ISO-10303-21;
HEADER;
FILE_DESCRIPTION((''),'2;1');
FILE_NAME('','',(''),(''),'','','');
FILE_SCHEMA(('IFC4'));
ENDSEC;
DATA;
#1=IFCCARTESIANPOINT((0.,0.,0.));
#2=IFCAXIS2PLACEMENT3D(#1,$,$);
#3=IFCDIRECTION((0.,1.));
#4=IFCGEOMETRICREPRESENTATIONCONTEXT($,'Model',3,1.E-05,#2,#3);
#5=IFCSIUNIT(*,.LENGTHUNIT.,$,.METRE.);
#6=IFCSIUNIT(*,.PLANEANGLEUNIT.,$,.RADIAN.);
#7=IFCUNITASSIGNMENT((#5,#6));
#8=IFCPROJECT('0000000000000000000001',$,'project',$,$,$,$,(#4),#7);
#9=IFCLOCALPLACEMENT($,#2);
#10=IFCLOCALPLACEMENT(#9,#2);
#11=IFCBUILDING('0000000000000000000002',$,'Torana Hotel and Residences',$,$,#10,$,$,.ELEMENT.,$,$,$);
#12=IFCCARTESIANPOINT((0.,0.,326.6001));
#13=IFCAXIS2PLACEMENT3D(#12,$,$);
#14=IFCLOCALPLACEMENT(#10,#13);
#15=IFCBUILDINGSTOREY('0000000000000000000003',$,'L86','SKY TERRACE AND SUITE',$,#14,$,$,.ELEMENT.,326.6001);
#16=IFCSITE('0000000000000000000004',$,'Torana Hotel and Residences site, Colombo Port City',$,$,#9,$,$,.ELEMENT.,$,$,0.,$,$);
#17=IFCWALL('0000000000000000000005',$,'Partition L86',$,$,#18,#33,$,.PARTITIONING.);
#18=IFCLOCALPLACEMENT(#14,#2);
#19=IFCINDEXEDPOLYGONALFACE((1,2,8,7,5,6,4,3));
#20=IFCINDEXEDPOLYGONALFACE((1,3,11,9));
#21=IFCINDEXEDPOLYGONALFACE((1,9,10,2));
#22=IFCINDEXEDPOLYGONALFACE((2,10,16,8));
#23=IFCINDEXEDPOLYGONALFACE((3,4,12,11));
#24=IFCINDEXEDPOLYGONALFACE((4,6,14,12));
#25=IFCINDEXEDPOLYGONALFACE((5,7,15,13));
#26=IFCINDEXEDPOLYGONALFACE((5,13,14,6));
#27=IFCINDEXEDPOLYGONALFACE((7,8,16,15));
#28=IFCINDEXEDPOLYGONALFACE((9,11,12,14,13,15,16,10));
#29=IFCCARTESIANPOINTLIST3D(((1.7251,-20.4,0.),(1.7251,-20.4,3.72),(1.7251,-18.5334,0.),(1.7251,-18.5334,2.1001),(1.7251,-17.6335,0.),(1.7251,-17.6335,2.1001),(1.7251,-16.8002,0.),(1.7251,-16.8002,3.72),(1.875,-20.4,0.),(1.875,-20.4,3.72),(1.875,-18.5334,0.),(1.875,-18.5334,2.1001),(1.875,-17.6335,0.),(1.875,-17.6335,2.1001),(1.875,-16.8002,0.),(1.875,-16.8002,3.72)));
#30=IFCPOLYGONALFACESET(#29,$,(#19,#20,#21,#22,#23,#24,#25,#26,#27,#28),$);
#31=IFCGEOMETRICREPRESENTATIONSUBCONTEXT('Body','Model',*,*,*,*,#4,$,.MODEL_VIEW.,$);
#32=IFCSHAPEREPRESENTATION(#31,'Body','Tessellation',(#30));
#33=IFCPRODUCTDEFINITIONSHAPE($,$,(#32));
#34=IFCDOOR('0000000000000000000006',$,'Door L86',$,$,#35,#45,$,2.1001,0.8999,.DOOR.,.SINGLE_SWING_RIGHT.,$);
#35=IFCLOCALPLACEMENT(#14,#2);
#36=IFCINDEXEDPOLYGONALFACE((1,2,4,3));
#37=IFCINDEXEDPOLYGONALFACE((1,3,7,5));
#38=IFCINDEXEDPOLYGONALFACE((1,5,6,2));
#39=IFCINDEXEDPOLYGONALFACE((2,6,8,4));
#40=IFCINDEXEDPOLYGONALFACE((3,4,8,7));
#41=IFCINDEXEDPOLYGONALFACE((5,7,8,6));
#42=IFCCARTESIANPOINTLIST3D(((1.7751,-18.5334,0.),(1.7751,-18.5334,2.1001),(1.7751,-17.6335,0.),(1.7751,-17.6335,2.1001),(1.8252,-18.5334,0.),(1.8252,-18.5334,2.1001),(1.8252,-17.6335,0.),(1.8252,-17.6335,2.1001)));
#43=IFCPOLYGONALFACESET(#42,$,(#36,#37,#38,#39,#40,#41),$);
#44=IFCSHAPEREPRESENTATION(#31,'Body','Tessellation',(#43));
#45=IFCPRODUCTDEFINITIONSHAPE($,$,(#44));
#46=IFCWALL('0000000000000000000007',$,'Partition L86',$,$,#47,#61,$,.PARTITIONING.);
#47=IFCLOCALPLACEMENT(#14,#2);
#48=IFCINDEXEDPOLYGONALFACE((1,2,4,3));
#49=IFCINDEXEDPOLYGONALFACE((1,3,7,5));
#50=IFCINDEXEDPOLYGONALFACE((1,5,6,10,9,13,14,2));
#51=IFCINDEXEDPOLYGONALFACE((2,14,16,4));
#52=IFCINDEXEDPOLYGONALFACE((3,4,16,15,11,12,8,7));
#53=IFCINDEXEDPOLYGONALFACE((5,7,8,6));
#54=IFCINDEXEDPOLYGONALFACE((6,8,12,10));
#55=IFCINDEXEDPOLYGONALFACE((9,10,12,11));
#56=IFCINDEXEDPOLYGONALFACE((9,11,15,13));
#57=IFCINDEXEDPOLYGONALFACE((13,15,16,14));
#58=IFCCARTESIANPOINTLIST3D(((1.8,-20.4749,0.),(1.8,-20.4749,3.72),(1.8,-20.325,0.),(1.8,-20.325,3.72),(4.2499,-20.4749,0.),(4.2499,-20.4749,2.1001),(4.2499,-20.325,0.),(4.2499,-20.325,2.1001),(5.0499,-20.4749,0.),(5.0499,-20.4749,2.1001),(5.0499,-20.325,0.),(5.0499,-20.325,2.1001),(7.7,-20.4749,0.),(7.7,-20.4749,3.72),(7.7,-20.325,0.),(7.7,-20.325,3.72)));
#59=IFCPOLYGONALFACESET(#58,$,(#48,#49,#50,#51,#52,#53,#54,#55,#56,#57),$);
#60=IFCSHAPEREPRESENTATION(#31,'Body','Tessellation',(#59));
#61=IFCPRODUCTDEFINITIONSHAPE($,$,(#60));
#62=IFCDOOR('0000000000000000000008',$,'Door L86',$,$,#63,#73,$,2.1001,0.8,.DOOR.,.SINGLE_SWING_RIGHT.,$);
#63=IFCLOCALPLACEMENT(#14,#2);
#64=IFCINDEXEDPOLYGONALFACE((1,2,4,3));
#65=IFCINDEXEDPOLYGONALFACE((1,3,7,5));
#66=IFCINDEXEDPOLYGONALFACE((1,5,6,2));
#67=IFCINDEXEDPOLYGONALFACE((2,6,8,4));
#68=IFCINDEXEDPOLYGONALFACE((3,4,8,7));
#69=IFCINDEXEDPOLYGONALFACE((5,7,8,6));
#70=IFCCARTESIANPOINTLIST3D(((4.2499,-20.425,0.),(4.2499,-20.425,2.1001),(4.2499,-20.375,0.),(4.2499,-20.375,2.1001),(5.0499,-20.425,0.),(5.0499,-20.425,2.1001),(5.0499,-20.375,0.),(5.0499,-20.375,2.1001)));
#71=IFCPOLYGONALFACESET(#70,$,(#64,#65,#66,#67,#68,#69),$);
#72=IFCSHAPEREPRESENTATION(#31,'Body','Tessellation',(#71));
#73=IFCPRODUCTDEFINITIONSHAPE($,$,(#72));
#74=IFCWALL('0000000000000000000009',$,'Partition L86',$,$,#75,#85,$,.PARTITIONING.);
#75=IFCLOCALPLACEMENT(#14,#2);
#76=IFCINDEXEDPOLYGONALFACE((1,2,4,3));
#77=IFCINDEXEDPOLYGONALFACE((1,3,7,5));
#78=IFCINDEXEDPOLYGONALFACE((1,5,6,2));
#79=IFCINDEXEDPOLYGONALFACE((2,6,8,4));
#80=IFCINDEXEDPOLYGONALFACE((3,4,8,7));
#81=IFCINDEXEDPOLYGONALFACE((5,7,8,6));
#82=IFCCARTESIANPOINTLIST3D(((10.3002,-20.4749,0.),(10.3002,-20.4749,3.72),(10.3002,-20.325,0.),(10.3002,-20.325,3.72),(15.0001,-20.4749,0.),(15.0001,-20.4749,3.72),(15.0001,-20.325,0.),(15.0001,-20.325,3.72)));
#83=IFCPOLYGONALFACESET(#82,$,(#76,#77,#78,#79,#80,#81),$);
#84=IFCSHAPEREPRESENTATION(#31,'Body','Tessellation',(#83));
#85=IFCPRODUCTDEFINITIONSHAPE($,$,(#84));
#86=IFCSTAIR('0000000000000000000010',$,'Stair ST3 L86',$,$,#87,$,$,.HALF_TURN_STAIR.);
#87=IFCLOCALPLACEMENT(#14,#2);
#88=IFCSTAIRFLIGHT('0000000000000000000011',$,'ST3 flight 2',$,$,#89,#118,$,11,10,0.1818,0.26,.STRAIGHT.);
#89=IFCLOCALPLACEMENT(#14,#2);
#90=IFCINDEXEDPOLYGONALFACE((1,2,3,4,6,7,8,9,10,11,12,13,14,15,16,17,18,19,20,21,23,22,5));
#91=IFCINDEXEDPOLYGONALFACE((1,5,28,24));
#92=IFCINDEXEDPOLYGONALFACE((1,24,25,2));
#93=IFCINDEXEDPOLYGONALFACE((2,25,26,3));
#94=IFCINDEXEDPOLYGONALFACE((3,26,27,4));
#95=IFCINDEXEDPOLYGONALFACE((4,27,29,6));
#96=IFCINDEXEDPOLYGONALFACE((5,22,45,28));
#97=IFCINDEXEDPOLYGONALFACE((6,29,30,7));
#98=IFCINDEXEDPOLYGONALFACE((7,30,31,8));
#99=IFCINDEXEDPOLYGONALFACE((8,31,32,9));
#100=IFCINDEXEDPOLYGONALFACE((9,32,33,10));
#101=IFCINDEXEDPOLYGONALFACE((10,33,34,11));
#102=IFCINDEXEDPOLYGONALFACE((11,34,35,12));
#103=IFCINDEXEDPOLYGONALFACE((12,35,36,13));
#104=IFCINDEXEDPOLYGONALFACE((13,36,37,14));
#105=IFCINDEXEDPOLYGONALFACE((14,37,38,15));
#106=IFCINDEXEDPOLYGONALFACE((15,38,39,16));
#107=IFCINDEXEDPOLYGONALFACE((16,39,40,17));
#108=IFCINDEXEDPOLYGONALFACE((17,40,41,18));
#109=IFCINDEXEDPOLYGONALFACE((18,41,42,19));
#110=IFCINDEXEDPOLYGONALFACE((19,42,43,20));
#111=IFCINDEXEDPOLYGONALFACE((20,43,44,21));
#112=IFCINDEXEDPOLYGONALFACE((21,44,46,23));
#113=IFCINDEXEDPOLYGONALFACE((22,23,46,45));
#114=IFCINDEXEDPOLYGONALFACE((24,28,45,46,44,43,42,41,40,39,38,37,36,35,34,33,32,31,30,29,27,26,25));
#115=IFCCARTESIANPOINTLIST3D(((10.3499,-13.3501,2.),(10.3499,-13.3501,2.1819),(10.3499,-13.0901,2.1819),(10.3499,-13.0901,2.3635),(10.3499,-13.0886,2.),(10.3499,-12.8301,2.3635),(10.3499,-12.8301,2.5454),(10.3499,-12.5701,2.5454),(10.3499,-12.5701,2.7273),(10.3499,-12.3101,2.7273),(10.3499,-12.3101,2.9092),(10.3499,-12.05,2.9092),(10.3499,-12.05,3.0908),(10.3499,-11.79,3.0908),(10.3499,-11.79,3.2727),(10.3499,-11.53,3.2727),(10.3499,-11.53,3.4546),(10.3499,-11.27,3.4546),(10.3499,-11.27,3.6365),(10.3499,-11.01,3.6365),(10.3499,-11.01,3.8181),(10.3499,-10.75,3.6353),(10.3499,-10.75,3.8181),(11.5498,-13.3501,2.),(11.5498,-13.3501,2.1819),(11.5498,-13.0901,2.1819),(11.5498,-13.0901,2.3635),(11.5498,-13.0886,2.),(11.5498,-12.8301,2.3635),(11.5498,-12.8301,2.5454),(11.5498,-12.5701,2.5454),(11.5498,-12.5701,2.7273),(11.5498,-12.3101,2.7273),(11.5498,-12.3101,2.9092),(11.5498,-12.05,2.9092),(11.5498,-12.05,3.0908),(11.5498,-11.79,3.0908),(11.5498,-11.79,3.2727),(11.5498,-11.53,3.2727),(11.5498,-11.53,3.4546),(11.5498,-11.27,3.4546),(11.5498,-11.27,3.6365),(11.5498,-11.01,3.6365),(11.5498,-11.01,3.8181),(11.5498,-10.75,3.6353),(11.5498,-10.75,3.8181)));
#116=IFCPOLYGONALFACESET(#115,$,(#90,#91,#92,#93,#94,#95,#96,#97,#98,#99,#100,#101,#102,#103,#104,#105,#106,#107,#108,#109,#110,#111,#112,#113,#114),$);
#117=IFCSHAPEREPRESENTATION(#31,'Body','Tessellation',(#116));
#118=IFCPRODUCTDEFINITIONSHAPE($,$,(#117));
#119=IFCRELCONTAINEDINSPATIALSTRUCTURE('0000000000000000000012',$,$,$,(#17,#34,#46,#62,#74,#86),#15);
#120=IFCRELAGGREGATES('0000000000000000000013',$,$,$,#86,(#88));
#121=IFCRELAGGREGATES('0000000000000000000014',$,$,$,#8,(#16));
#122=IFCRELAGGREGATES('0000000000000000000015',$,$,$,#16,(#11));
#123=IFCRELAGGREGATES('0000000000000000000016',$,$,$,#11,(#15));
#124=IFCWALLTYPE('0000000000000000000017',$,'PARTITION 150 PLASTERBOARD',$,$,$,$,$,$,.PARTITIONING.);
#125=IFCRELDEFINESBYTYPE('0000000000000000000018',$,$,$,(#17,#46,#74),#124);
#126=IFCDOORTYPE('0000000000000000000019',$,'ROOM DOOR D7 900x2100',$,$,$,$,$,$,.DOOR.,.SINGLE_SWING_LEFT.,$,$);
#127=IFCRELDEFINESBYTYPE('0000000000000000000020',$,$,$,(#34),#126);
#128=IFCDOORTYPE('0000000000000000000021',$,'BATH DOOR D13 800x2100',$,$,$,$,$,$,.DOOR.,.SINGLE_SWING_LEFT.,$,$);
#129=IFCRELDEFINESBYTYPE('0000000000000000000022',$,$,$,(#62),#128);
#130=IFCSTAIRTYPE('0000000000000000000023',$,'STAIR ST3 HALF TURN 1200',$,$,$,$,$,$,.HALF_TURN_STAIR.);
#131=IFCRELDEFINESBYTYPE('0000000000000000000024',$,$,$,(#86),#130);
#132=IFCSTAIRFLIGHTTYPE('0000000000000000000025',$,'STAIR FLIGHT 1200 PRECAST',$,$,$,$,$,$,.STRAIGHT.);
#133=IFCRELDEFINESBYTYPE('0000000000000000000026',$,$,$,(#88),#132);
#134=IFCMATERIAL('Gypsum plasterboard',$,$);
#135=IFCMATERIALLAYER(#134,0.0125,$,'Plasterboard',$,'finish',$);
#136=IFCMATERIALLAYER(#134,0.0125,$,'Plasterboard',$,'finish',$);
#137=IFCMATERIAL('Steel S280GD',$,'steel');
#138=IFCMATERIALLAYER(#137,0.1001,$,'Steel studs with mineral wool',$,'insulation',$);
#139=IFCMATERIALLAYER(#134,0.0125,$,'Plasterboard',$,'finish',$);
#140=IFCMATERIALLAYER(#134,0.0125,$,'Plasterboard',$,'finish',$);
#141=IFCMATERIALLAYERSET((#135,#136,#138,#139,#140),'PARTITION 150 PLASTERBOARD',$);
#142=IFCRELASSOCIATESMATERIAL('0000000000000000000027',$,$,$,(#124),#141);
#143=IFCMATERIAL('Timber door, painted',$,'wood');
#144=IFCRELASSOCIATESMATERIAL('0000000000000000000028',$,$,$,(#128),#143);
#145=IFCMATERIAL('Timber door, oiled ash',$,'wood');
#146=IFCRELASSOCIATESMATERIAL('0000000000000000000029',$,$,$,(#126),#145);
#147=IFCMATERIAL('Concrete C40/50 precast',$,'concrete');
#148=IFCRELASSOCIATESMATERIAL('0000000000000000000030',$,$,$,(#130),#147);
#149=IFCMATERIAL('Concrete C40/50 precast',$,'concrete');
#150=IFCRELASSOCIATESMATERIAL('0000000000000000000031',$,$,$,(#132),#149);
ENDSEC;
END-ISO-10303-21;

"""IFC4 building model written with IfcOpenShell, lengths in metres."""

from ifc_helpers import new_model, si_unit, direction, frame, frame_2d, origin, place, context, subcontext, project, spatial, polyline, rectangle, outline, extrude, material, layer, layer_set, type_object, element, fill, aggregate, save


model = new_model("IFC4")

# Units and contexts
model_context = context("Model", 3, precision=1e-05, world=origin(), true_north=direction((0.0, 1.0)))
body_context = subcontext(model_context, "Body", "Model", "MODEL_VIEW")
ifc_project = project(units=[si_unit("LENGTHUNIT", "METRE"), si_unit("PLANEANGLEUNIT", "RADIAN")], contexts=[model_context])

# Site, building, storey
site_placement = place(None, origin())
site = spatial("IfcSite", under=ifc_project, at=site_placement, Name="Torana Hotel and Residences site, Colombo Port City", CompositionType="ELEMENT", RefElevation=0.0)
building_placement = place(site_placement, origin())
building = spatial("IfcBuilding", under=site, at=building_placement, Name="Torana Hotel and Residences", CompositionType="ELEMENT")
storey_placement = place(building_placement, frame((0.0, 0.0, 326.6001)))
storey = spatial("IfcBuildingStorey", under=building, at=storey_placement, Name="L86", Description="SKY TERRACE AND SUITE", CompositionType="ELEMENT", Elevation=326.6001)

# Shared definitions
ifc_material_1 = material(Name="Gypsum plasterboard")
ifc_layer_1 = layer(ifc_material_1, 0.0125, Name="Plasterboard", Category="finish")
ifc_layer_2 = layer(ifc_material_1, 0.0125, Name="Plasterboard", Category="finish")
ifc_material_2 = material(Name="Steel S280GD", Category="steel")
ifc_layer_3 = layer(ifc_material_2, 0.1001, Name="Steel studs with mineral wool", Category="insulation")
ifc_layer_4 = layer(ifc_material_1, 0.0125, Name="Plasterboard", Category="finish")
ifc_layer_5 = layer(ifc_material_1, 0.0125, Name="Plasterboard", Category="finish")
ifc_layer_set_1 = layer_set([ifc_layer_1, ifc_layer_2, ifc_layer_3, ifc_layer_4, ifc_layer_5], Name="PARTITION 150 PLASTERBOARD")
wall_type_1 = type_object("IfcWallType", Name="PARTITION 150 PLASTERBOARD", PredefinedType="PARTITIONING", material=ifc_layer_set_1)

# Shared definitions
ifc_material_3 = material(Name="Timber door, painted", Category="wood")
door_type_1 = type_object("IfcDoorType", Name="BATH DOOR D13 800x2100", OperationType="SINGLE_SWING_LEFT", PredefinedType="DOOR", material=ifc_material_3)

# Walls, openings, doors
wall_1_placement = place(storey_placement, frame((1.8, -20.3999, 0.0), z_axis=(0.0, 0.0, 1.0), x_axis=(0.0, 1.0, 0.0)))
wall_1 = element("IfcWall", 1, at=wall_1_placement, inside=storey, type_object=wall_type_1, Name="Partition L86", PredefinedType="PARTITIONING", context=body_context, shape_type="SweptSolid", body=[
    extrude(rectangle(XDim=3.5999, YDim=0.1499, at=frame_2d((1.7998, 0.0))), origin(), (0.0, 0.0, 1.0), 3.72),
])
opening_1_placement = place(wall_1_placement, frame((1.8665, 0.0, 0.0)))
opening_1 = element("IfcOpeningElement", 2, at=opening_1_placement, cuts=wall_1, PredefinedType="OPENING", context=body_context, shape_type="SweptSolid", body=[
    extrude(rectangle(XDim=0.8999, YDim=2.1001, at=frame_2d((0.45, 1.05))), frame((0.0, 0.085, 0.0), z_axis=(0.0, -1.0, 0.0), x_axis=(1.0, 0.0, 0.0)), (0.0, 0.0, 1.0), 0.1699),
])
ifc_material_4 = material(Name="Timber door, oiled ash", Category="wood")
door_type_2 = type_object("IfcDoorType", Name="ROOM DOOR D7 900x2100", OperationType="SINGLE_SWING_LEFT", PredefinedType="DOOR", material=ifc_material_4)
door_1_placement = place(opening_1_placement, origin())
door_1 = element("IfcDoor", 3, at=door_1_placement, inside=storey, type_object=door_type_2, Name="Door L86", OperationType="SINGLE_SWING_RIGHT", OverallHeight=2.1001, OverallWidth=0.8999, PredefinedType="DOOR", context=body_context, shape_type="SweptSolid", body=[
    extrude(rectangle(XDim=0.8999, YDim=2.1001, at=frame_2d((0.45, 1.05))), frame((0.0, 0.0249, 0.0), z_axis=(0.0, -1.0, 0.0), x_axis=(1.0, 0.0, 0.0)), (0.0, 0.0, 1.0), 0.05),
])
fill(opening_1, door_1)
wall_2_placement = place(storey_placement, frame((1.8, -20.3999, 0.0), z_axis=(0.0, 0.0, 1.0), x_axis=(1.0, 0.0, 0.0)))
wall_2 = element("IfcWall", 4, at=wall_2_placement, inside=storey, type_object=wall_type_1, Name="Partition L86", PredefinedType="PARTITIONING", context=body_context, shape_type="SweptSolid", body=[
    extrude(rectangle(XDim=5.8999, YDim=0.1499, at=frame_2d((2.95, 0.0))), origin(), (0.0, 0.0, 1.0), 3.72),
])
opening_2_placement = place(wall_2_placement, frame((2.45, 0.0, 0.0)))
opening_2 = element("IfcOpeningElement", 5, at=opening_2_placement, cuts=wall_2, PredefinedType="OPENING", context=body_context, shape_type="SweptSolid", body=[
    extrude(rectangle(XDim=0.8, YDim=2.1001, at=frame_2d((0.3999, 1.05))), frame((0.0, 0.085, 0.0), z_axis=(0.0, -1.0, 0.0), x_axis=(1.0, 0.0, 0.0)), (0.0, 0.0, 1.0), 0.1699),
])
door_2_placement = place(opening_2_placement, origin())
door_2 = element("IfcDoor", 6, at=door_2_placement, inside=storey, type_object=door_type_1, Name="Door L86", OperationType="SINGLE_SWING_RIGHT", OverallHeight=2.1001, OverallWidth=0.8, PredefinedType="DOOR", context=body_context, shape_type="SweptSolid", body=[
    extrude(rectangle(XDim=0.8, YDim=2.1001, at=frame_2d((0.3999, 1.05))), frame((0.0, 0.0249, 0.0), z_axis=(0.0, -1.0, 0.0), x_axis=(1.0, 0.0, 0.0)), (0.0, 0.0, 1.0), 0.05),
])
fill(opening_2, door_2)

# Wall
wall_3_placement = place(storey_placement, frame((10.3, -20.3999, 0.0), z_axis=(0.0, 0.0, 1.0), x_axis=(1.0, 0.0, 0.0)))
element("IfcWall", 7, at=wall_3_placement, inside=storey, type_object=wall_type_1, Name="Partition L86", PredefinedType="PARTITIONING", context=body_context, shape_type="SweptSolid", body=[
    extrude(rectangle(XDim=4.7, YDim=0.1499, at=frame_2d((2.3501, 0.0))), origin(), (0.0, 0.0, 1.0), 3.72),
])

# Stair, stair flight
ifc_material_5 = material(Name="Concrete C40/50 precast", Category="concrete")
stair_type = type_object("IfcStairType", Name="STAIR ST3 HALF TURN 1200", PredefinedType="HALF_TURN_STAIR", material=ifc_material_5)
stair_placement = place(storey_placement, origin())
stair = element("IfcStair", 8, at=stair_placement, inside=storey, type_object=stair_type, Name="Stair ST3 L86", PredefinedType="HALF_TURN_STAIR")
ifc_material_6 = material(Name="Concrete C40/50 precast", Category="concrete")
stair_flight_type = type_object("IfcStairFlightType", Name="STAIR FLIGHT 1200 PRECAST", PredefinedType="STRAIGHT", material=ifc_material_6)
stair_flight_placement = place(storey_placement, frame((10.95, -13.3501, 2.0), z_axis=(0.0, 0.0, 1.0), x_axis=(0.0, 1.0, 0.0)))
stair_flight = element("IfcStairFlight", 9, at=stair_flight_placement, type_object=stair_flight_type, Name="ST3 flight 2", NumberOfRisers=11, NumberOfTreads=10, PredefinedType="STRAIGHT", RiserHeight=0.1818, TreadLength=0.26, context=body_context, shape_type="SweptSolid", body=[
    extrude(outline(polyline([(0.0, 0.0), (0.0, 0.1819), (0.26, 0.1819), (0.26, 0.3635), (0.52, 0.3635), (0.52, 0.5454), (0.78, 0.5454), (0.78, 0.7273), (1.04, 0.7273), (1.04, 0.9092), (1.3, 0.9092), (1.3, 1.0908), (1.5601, 1.0908), (1.5601, 1.2727), (1.8201, 1.2727), (1.8201, 1.4546), (2.0801, 1.4546), (2.0801, 1.6365), (2.3401, 1.6365), (2.3401, 1.8181), (2.6001, 1.8181), (2.6001, 2.0), (2.6001, 1.6353), (0.2615, 0.0), (0.0, 0.0)])), frame((0.0, 0.6001, 0.0), z_axis=(0.0, -1.0, 0.0), x_axis=(1.0, 0.0, 0.0)), (0.0, 0.0, 1.0), 1.2),
])
aggregate(stair, [stair_flight])

save(model, "model.ifc")
